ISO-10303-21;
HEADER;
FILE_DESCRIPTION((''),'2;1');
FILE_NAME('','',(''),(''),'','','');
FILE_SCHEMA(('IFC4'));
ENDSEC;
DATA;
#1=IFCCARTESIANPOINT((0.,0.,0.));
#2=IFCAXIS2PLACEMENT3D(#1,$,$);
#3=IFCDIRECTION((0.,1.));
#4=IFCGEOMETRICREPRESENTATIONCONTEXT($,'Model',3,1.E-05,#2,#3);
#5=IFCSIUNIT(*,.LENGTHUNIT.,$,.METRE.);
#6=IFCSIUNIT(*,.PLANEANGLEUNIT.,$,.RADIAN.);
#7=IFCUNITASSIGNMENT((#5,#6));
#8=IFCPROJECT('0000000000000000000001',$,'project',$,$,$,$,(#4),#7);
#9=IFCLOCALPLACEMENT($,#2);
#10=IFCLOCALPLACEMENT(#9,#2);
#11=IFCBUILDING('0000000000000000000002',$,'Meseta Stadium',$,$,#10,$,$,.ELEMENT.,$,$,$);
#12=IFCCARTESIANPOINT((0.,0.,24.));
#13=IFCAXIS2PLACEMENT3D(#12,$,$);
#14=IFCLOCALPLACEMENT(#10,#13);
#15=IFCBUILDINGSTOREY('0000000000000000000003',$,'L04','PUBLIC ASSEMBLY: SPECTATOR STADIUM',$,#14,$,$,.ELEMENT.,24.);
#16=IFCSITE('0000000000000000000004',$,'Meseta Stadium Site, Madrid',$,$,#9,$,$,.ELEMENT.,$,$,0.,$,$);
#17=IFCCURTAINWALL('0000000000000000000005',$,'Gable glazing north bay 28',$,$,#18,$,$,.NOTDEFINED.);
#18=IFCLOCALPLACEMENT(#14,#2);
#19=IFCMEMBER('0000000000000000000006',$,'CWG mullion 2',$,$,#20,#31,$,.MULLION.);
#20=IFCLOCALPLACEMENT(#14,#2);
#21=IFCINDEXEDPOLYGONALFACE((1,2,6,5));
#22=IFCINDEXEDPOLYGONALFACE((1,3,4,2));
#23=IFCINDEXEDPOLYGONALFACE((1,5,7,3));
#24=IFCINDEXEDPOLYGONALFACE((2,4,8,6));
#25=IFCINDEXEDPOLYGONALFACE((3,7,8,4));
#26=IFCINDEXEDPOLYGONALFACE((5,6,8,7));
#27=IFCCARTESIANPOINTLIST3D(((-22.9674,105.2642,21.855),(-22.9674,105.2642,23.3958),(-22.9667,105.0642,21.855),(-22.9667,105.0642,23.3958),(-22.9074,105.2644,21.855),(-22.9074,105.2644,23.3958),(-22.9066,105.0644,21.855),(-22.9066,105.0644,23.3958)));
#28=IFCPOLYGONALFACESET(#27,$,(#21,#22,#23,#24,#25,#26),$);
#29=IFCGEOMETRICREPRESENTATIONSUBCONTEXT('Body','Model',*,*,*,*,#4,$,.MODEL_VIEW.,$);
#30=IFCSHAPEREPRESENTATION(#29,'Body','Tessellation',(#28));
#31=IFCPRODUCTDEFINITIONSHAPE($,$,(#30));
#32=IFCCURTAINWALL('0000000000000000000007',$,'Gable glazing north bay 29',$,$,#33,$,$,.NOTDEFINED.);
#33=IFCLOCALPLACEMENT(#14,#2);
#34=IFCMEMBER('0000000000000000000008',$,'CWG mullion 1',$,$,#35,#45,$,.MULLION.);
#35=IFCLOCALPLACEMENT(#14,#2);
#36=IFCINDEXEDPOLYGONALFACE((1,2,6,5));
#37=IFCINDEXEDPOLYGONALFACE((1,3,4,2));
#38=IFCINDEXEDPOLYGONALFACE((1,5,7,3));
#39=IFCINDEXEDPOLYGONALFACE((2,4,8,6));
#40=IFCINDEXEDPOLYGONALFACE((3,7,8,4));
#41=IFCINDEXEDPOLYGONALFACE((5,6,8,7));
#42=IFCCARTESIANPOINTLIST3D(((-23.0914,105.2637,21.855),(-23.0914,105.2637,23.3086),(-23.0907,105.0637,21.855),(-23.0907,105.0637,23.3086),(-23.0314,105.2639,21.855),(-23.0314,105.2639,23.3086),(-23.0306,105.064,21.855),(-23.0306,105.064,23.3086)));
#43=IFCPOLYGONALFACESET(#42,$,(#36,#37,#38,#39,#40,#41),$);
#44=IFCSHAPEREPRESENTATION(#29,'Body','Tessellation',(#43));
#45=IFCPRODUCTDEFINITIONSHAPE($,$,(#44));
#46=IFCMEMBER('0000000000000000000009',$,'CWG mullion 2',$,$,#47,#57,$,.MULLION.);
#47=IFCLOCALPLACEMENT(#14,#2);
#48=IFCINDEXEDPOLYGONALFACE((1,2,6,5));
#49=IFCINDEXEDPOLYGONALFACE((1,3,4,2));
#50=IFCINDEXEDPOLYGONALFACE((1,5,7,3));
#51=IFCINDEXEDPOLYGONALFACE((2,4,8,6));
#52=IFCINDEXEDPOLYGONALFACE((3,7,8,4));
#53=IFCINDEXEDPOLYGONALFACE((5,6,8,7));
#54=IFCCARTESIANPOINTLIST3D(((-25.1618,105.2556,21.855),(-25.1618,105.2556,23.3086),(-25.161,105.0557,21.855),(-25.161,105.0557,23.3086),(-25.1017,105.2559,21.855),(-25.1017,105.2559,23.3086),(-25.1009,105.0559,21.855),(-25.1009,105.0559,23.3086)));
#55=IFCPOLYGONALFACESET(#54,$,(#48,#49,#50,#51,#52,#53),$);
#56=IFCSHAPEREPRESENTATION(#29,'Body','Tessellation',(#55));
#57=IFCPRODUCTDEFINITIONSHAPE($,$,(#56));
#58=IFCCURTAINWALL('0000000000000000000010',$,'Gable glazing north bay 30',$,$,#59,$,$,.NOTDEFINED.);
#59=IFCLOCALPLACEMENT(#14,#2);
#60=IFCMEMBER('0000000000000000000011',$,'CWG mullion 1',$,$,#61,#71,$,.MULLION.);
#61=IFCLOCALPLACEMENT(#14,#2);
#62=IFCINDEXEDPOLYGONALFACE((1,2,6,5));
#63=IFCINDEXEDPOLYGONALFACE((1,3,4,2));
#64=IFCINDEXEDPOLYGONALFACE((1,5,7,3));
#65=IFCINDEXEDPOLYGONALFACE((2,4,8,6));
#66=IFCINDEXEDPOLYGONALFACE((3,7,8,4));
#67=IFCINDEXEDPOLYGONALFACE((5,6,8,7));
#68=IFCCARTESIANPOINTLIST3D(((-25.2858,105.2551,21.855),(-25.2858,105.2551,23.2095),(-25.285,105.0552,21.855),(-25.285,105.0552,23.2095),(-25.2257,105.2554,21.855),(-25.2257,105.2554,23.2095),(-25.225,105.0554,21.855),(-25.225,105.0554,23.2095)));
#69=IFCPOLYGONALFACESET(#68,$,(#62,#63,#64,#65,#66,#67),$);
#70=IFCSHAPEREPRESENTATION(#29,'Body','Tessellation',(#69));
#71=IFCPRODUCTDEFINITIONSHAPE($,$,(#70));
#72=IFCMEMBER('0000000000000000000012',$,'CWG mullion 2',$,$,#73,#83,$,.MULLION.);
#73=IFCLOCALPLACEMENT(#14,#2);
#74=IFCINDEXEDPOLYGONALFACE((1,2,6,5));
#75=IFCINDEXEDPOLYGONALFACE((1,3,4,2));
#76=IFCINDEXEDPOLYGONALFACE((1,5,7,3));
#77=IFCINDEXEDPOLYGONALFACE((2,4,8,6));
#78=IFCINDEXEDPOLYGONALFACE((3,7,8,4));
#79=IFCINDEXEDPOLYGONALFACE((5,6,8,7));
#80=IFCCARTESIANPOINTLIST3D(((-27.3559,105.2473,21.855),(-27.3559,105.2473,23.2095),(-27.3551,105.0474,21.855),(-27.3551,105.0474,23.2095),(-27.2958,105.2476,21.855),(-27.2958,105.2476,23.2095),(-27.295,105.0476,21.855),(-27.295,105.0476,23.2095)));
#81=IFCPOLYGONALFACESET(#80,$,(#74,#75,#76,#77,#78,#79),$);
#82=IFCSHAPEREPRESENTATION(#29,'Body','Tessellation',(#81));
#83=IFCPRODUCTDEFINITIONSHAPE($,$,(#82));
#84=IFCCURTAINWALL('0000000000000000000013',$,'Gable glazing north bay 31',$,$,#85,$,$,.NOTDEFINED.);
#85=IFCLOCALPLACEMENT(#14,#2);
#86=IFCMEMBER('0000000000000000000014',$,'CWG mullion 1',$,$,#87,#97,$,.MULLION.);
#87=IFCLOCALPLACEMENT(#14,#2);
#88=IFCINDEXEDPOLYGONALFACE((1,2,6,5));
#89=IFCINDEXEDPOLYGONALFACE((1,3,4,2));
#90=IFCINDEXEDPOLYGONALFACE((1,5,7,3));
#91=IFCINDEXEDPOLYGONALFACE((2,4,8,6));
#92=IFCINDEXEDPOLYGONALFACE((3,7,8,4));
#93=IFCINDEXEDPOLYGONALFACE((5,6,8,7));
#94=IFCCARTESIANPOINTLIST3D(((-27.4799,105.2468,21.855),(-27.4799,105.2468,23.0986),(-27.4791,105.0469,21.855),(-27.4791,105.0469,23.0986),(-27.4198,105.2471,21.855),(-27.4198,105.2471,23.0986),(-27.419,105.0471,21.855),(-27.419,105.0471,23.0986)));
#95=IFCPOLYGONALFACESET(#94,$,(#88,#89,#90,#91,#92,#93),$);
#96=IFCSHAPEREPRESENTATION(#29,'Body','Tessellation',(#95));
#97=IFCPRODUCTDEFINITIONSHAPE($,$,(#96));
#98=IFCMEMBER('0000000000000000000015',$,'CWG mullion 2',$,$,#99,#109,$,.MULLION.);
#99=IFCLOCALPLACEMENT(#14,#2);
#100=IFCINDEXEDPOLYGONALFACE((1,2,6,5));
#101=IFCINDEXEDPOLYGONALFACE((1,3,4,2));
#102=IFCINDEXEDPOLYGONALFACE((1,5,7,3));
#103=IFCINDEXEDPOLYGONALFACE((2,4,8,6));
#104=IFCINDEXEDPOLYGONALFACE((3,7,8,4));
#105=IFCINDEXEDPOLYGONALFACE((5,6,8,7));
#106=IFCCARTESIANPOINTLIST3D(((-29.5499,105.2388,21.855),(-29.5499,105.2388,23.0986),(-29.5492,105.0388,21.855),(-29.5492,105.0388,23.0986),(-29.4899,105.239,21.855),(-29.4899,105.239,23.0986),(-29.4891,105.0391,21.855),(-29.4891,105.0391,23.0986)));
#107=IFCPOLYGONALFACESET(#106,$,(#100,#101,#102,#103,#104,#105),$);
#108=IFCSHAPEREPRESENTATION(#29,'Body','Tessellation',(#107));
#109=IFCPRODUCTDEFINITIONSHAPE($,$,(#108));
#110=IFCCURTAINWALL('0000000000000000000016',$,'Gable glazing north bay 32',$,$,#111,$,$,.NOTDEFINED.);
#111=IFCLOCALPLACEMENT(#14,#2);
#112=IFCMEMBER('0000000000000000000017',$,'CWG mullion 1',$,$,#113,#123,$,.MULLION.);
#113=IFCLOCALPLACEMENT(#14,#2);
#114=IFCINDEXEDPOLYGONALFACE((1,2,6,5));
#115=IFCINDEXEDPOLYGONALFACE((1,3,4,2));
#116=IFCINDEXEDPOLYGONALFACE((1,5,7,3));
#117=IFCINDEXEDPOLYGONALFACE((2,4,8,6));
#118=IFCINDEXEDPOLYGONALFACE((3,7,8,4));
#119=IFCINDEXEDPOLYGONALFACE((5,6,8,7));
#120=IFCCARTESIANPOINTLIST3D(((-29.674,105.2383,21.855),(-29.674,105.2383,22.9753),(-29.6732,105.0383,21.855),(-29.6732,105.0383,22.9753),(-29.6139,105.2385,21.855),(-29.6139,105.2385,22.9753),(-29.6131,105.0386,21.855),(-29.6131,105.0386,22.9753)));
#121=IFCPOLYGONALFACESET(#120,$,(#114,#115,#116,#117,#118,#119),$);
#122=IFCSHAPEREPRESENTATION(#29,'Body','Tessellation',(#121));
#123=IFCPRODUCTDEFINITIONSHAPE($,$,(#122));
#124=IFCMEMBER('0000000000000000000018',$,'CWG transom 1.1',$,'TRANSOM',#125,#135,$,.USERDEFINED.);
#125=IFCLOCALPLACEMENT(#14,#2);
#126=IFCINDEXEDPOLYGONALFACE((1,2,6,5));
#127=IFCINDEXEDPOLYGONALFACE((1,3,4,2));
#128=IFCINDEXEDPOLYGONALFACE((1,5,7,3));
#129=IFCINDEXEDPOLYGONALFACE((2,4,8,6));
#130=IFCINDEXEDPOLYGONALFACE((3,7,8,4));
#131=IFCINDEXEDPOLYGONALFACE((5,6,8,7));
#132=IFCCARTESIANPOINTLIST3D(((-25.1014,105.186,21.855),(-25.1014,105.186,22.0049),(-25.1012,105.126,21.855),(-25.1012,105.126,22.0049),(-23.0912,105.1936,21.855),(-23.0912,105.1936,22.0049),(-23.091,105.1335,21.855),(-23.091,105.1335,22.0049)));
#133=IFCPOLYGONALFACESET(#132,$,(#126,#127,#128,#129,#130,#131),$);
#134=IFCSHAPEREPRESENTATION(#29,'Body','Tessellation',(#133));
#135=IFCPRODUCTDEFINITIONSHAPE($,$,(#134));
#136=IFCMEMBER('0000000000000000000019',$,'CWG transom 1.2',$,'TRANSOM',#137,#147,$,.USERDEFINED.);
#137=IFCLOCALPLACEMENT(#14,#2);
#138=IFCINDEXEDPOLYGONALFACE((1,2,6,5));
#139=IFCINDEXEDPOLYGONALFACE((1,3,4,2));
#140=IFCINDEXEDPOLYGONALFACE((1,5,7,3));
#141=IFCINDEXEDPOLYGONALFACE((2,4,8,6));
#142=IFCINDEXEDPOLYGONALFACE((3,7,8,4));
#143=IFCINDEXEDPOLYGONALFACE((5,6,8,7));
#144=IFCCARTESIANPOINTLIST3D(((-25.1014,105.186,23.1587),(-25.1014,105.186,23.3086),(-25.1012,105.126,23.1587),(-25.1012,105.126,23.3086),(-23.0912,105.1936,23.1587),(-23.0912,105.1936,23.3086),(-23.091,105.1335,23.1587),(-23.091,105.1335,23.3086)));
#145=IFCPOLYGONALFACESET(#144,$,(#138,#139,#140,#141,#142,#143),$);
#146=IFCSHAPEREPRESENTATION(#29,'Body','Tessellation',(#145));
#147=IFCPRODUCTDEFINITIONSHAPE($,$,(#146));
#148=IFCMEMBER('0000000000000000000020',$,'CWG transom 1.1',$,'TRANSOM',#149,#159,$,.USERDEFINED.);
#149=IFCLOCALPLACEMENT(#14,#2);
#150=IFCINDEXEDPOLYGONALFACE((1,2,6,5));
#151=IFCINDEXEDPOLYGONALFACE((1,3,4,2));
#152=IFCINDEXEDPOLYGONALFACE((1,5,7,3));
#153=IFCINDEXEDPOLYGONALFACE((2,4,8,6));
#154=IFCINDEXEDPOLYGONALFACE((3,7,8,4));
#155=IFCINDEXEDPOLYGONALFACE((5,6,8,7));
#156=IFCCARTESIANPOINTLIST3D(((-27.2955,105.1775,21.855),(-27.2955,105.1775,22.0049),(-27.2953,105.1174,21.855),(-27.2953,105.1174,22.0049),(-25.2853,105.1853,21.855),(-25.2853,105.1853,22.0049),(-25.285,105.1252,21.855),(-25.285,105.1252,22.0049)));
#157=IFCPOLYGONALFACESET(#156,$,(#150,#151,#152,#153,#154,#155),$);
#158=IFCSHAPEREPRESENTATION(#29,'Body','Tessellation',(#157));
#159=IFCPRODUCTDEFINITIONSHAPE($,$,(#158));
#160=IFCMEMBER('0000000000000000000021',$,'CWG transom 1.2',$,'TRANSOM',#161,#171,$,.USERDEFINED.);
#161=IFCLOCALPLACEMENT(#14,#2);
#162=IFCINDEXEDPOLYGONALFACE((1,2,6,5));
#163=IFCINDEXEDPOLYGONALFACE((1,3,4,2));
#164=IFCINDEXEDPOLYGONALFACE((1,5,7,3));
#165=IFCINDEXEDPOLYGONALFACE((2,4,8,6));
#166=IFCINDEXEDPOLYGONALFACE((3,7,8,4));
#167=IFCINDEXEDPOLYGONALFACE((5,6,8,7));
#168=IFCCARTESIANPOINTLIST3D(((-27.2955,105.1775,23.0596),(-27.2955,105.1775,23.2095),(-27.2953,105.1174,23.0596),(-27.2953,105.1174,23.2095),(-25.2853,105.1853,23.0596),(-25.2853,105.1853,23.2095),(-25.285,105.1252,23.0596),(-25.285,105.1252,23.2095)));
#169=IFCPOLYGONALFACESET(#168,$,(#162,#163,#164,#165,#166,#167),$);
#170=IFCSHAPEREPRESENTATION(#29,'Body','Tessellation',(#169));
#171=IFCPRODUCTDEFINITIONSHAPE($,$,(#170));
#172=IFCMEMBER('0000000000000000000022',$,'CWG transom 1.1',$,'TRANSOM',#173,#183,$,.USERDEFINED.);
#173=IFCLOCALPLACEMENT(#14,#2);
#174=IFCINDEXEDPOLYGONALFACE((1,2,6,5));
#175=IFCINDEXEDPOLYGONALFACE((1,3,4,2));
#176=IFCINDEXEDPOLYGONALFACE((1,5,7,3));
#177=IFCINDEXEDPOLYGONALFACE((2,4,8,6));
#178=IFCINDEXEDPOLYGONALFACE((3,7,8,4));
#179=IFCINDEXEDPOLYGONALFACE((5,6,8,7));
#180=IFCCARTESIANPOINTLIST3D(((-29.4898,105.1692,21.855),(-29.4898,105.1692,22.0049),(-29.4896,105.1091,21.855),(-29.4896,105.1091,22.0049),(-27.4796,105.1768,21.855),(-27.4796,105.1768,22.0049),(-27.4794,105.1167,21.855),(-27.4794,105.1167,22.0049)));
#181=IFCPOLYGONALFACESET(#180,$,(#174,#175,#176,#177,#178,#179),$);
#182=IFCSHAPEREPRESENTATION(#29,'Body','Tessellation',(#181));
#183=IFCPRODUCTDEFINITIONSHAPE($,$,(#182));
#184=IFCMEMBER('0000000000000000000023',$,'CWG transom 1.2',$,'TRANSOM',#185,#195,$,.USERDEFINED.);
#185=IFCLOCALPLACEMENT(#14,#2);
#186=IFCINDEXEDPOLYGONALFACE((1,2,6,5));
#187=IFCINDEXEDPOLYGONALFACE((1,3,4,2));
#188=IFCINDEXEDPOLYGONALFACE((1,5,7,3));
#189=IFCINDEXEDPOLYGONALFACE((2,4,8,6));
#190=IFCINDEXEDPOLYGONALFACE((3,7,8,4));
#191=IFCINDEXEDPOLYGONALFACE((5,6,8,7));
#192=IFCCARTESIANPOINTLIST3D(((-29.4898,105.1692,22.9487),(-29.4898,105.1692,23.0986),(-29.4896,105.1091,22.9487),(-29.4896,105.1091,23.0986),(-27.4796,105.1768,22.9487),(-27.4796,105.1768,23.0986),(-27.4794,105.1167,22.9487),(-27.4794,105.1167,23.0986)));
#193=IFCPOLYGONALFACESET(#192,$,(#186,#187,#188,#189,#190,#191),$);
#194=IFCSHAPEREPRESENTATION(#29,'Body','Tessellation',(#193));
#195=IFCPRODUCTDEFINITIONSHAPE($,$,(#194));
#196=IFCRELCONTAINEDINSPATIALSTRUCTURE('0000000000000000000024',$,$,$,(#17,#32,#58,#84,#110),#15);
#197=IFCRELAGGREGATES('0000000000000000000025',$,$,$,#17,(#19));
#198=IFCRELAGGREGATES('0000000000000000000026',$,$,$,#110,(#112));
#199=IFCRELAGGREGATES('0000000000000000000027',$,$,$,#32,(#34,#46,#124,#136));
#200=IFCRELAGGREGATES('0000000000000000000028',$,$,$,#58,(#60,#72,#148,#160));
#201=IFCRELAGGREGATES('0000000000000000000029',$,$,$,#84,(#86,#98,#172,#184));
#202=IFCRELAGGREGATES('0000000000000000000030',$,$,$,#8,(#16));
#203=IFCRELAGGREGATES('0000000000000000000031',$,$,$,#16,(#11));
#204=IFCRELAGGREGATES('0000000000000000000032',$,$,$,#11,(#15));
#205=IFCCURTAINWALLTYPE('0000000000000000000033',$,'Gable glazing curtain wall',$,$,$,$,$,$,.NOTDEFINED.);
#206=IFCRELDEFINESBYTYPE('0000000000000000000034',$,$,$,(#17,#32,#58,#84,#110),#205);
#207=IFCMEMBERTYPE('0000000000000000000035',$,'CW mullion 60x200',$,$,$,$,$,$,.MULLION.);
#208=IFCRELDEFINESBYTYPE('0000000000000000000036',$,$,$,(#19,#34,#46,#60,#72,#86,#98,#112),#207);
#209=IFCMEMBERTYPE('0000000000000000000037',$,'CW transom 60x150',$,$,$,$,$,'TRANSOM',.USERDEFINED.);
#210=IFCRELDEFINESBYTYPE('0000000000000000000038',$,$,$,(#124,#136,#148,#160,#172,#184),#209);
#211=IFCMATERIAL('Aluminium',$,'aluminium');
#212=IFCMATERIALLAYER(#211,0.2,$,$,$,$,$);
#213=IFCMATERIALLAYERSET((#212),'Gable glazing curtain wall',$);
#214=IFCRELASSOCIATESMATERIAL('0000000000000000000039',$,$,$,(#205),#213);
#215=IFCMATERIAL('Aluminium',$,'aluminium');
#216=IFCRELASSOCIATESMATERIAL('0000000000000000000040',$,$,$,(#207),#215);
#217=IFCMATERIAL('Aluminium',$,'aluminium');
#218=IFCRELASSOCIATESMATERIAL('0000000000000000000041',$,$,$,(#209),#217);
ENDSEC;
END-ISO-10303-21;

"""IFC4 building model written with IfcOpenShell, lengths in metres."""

from ifc_helpers import new_model, si_unit, direction, frame, origin, origin_2d, place, context, subcontext, project, spatial, rectangle, extrude, material, layer, layer_set, material_profile, profile_set, type_object, element, aggregate, save


model = new_model("IFC4")

# Units and contexts
model_context = context("Model", 3, precision=1e-05, world=origin(), true_north=direction((0.0, 1.0)))
body_context = subcontext(model_context, "Body", "Model", "MODEL_VIEW")
ifc_project = project(units=[si_unit("LENGTHUNIT", "METRE"), si_unit("PLANEANGLEUNIT", "RADIAN")], contexts=[model_context])

# Site, building, storey
site_placement = place(None, origin())
site = spatial("IfcSite", under=ifc_project, at=site_placement, Name="Meseta Stadium Site, Madrid", CompositionType="ELEMENT", RefElevation=0.0)
building_placement = place(site_placement, origin())
building = spatial("IfcBuilding", under=site, at=building_placement, Name="Meseta Stadium", CompositionType="ELEMENT")
storey_placement = place(building_placement, frame((0.0, 0.0, 24.0)))
storey = spatial("IfcBuildingStorey", under=building, at=storey_placement, Name="L04", Description="PUBLIC ASSEMBLY: SPECTATOR STADIUM", CompositionType="ELEMENT", Elevation=24.0)

# Curtain wall, member
ifc_material_1 = material(Name="Aluminium", Category="aluminium")
ifc_layer_1 = layer(ifc_material_1, 0.2)
ifc_layer_set_1 = layer_set([ifc_layer_1], Name="Gable glazing curtain wall")
curtain_wall_type = type_object("IfcCurtainWallType", Name="Gable glazing curtain wall", PredefinedType="NOTDEFINED", material=ifc_layer_set_1)
curtain_wall_1_placement = place(storey_placement, origin())
curtain_wall_1 = element("IfcCurtainWall", 1, at=curtain_wall_1_placement, inside=storey, type_object=curtain_wall_type, Name="Gable glazing north bay 28", PredefinedType="NOTDEFINED")
ifc_material_2 = material(Name="Aluminium", Category="aluminium")
ifc_material_profile_1 = material_profile(ifc_material_2, rectangle(XDim=0.2, YDim=0.0601, at=origin_2d()), Name="CW 200x60")
ifc_profile_set_1 = profile_set([ifc_material_profile_1], Name="Aluminium")
member_type_1 = type_object("IfcMemberType", Name="CW mullion 60x200", PredefinedType="MULLION", material=ifc_profile_set_1)
member_1_placement = place(storey_placement, frame((-22.937, 105.1643, 21.855), z_axis=(0.0, 0.0, 1.0), x_axis=(0.003848, -0.999993, 0.0)))
member_1 = element("IfcMember", 2, at=member_1_placement, type_object=member_type_1, Name="CWG mullion 2", PredefinedType="MULLION", context=body_context, shape_type="SweptSolid", body=[
    extrude(rectangle(XDim=0.2, YDim=0.0601, at=origin_2d()), origin(), (0.0, 0.0, 1.0), 1.5408),
])
aggregate(curtain_wall_1, [member_1])

# Curtain walls, members
curtain_wall_2_placement = place(storey_placement, origin())
curtain_wall_2 = element("IfcCurtainWall", 3, at=curtain_wall_2_placement, inside=storey, type_object=curtain_wall_type, Name="Gable glazing north bay 29", PredefinedType="NOTDEFINED")
member_2_placement = place(storey_placement, frame((-23.061, 105.1638, 21.855), z_axis=(0.0, 0.0, 1.0), x_axis=(0.003848, -0.999993, 0.0)))
member_2 = element("IfcMember", 4, at=member_2_placement, type_object=member_type_1, Name="CWG mullion 1", PredefinedType="MULLION", context=body_context, shape_type="SweptSolid", body=[
    extrude(rectangle(XDim=0.2, YDim=0.0601, at=origin_2d()), origin(), (0.0, 0.0, 1.0), 1.4536),
])
member_3_placement = place(storey_placement, frame((-25.1313, 105.1558, 21.855), z_axis=(0.0, 0.0, 1.0), x_axis=(0.003848, -0.999993, 0.0)))
member_3 = element("IfcMember", 5, at=member_3_placement, type_object=member_type_1, Name="CWG mullion 2", PredefinedType="MULLION", context=body_context, shape_type="SweptSolid", body=[
    extrude(rectangle(XDim=0.2, YDim=0.0601, at=origin_2d()), origin(), (0.0, 0.0, 1.0), 1.4536),
])
curtain_wall_3_placement = place(storey_placement, origin())
curtain_wall_3 = element("IfcCurtainWall", 6, at=curtain_wall_3_placement, inside=storey, type_object=curtain_wall_type, Name="Gable glazing north bay 30", PredefinedType="NOTDEFINED")
member_4_placement = place(storey_placement, frame((-25.2554, 105.1553, 21.855), z_axis=(0.0, 0.0, 1.0), x_axis=(0.003848, -0.999993, 0.0)))
member_4 = element("IfcMember", 7, at=member_4_placement, type_object=member_type_1, Name="CWG mullion 1", PredefinedType="MULLION", context=body_context, shape_type="SweptSolid", body=[
    extrude(rectangle(XDim=0.2, YDim=0.0601, at=origin_2d()), origin(), (0.0, 0.0, 1.0), 1.3545),
])
member_5_placement = place(storey_placement, frame((-27.3254, 105.1475, 21.855), z_axis=(0.0, 0.0, 1.0), x_axis=(0.003848, -0.999993, 0.0)))
member_5 = element("IfcMember", 8, at=member_5_placement, type_object=member_type_1, Name="CWG mullion 2", PredefinedType="MULLION", context=body_context, shape_type="SweptSolid", body=[
    extrude(rectangle(XDim=0.2, YDim=0.0601, at=origin_2d()), origin(), (0.0, 0.0, 1.0), 1.3545),
])
curtain_wall_4_placement = place(storey_placement, origin())
curtain_wall_4 = element("IfcCurtainWall", 9, at=curtain_wall_4_placement, inside=storey, type_object=curtain_wall_type, Name="Gable glazing north bay 31", PredefinedType="NOTDEFINED")
member_6_placement = place(storey_placement, frame((-27.4495, 105.147, 21.855), z_axis=(0.0, 0.0, 1.0), x_axis=(0.003848, -0.999993, 0.0)))
member_6 = element("IfcMember", 10, at=member_6_placement, type_object=member_type_1, Name="CWG mullion 1", PredefinedType="MULLION", context=body_context, shape_type="SweptSolid", body=[
    extrude(rectangle(XDim=0.2, YDim=0.0601, at=origin_2d()), origin(), (0.0, 0.0, 1.0), 1.2437),
])
member_7_placement = place(storey_placement, frame((-29.5195, 105.1389, 21.855), z_axis=(0.0, 0.0, 1.0), x_axis=(0.003848, -0.999993, 0.0)))
member_7 = element("IfcMember", 11, at=member_7_placement, type_object=member_type_1, Name="CWG mullion 2", PredefinedType="MULLION", context=body_context, shape_type="SweptSolid", body=[
    extrude(rectangle(XDim=0.2, YDim=0.0601, at=origin_2d()), origin(), (0.0, 0.0, 1.0), 1.2437),
])

# Curtain wall, member
curtain_wall_5_placement = place(storey_placement, origin())
curtain_wall_5 = element("IfcCurtainWall", 12, at=curtain_wall_5_placement, inside=storey, type_object=curtain_wall_type, Name="Gable glazing north bay 32", PredefinedType="NOTDEFINED")
member_8_placement = place(storey_placement, frame((-29.6436, 105.1384, 21.855), z_axis=(0.0, 0.0, 1.0), x_axis=(0.003848, -0.999993, 0.0)))
member_8 = element("IfcMember", 13, at=member_8_placement, type_object=member_type_1, Name="CWG mullion 1", PredefinedType="MULLION", context=body_context, shape_type="SweptSolid", body=[
    extrude(rectangle(XDim=0.2, YDim=0.0601, at=origin_2d()), origin(), (0.0, 0.0, 1.0), 1.1204),
])
aggregate(curtain_wall_5, [member_8])

# Members
ifc_material_3 = material(Name="Aluminium", Category="aluminium")
ifc_material_profile_2 = material_profile(ifc_material_3, rectangle(XDim=0.0601, YDim=0.1499, at=origin_2d()), Name="CW 60x150")
ifc_profile_set_2 = profile_set([ifc_material_profile_2], Name="Aluminium")
member_type_2 = type_object("IfcMemberType", Name="CW transom 60x150", ElementType="TRANSOM", PredefinedType="USERDEFINED", material=ifc_profile_set_2)
member_9_placement = place(storey_placement, frame((-23.0911, 105.1636, 21.9299), z_axis=(-0.999993, -0.003765, 0.0), x_axis=(0.003765, -0.999993, 0.0)))
member_9 = element("IfcMember", 14, at=member_9_placement, type_object=member_type_2, Name="CWG transom 1.1", ObjectType="TRANSOM", PredefinedType="USERDEFINED", context=body_context, shape_type="SweptSolid", body=[
    extrude(rectangle(XDim=0.0601, YDim=0.1499, at=origin_2d()), origin(), (0.0, 0.0, 1.0), 2.0103),
])
member_10_placement = place(storey_placement, frame((-23.0911, 105.1636, 23.2336), z_axis=(-0.999993, -0.003765, 0.0), x_axis=(0.003765, -0.999993, 0.0)))
member_10 = element("IfcMember", 15, at=member_10_placement, type_object=member_type_2, Name="CWG transom 1.2", ObjectType="TRANSOM", PredefinedType="USERDEFINED", context=body_context, shape_type="SweptSolid", body=[
    extrude(rectangle(XDim=0.0601, YDim=0.1499, at=origin_2d()), origin(), (0.0, 0.0, 1.0), 2.0103),
])
member_11_placement = place(storey_placement, frame((-25.2852, 105.1553, 21.9299), z_axis=(-0.999992, -0.003886, 0.0), x_axis=(0.003886, -0.999992, 0.0)))
member_11 = element("IfcMember", 16, at=member_11_placement, type_object=member_type_2, Name="CWG transom 1.1", ObjectType="TRANSOM", PredefinedType="USERDEFINED", context=body_context, shape_type="SweptSolid", body=[
    extrude(rectangle(XDim=0.0601, YDim=0.1499, at=origin_2d()), origin(), (0.0, 0.0, 1.0), 2.0103),
])
member_12_placement = place(storey_placement, frame((-25.2852, 105.1553, 23.1345), z_axis=(-0.999992, -0.003886, 0.0), x_axis=(0.003886, -0.999992, 0.0)))
member_12 = element("IfcMember", 17, at=member_12_placement, type_object=member_type_2, Name="CWG transom 1.2", ObjectType="TRANSOM", PredefinedType="USERDEFINED", context=body_context, shape_type="SweptSolid", body=[
    extrude(rectangle(XDim=0.0601, YDim=0.1499, at=origin_2d()), origin(), (0.0, 0.0, 1.0), 2.0103),
])
member_13_placement = place(storey_placement, frame((-27.4795, 105.1467, 21.9299), z_axis=(-0.999993, -0.003765, 0.0), x_axis=(0.003765, -0.999993, 0.0)))
member_13 = element("IfcMember", 18, at=member_13_placement, type_object=member_type_2, Name="CWG transom 1.1", ObjectType="TRANSOM", PredefinedType="USERDEFINED", context=body_context, shape_type="SweptSolid", body=[
    extrude(rectangle(XDim=0.0601, YDim=0.1499, at=origin_2d()), origin(), (0.0, 0.0, 1.0), 2.0103),
])
member_14_placement = place(storey_placement, frame((-27.4795, 105.1467, 23.0237), z_axis=(-0.999993, -0.003765, 0.0), x_axis=(0.003765, -0.999993, 0.0)))
member_14 = element("IfcMember", 19, at=member_14_placement, type_object=member_type_2, Name="CWG transom 1.2", ObjectType="TRANSOM", PredefinedType="USERDEFINED", context=body_context, shape_type="SweptSolid", body=[
    extrude(rectangle(XDim=0.0601, YDim=0.1499, at=origin_2d()), origin(), (0.0, 0.0, 1.0), 2.0103),
])

aggregate(curtain_wall_2, [member_2, member_3, member_9, member_10])
aggregate(curtain_wall_3, [member_4, member_5, member_11, member_12])
aggregate(curtain_wall_4, [member_6, member_7, member_13, member_14])

save(model, "model.ifc")
